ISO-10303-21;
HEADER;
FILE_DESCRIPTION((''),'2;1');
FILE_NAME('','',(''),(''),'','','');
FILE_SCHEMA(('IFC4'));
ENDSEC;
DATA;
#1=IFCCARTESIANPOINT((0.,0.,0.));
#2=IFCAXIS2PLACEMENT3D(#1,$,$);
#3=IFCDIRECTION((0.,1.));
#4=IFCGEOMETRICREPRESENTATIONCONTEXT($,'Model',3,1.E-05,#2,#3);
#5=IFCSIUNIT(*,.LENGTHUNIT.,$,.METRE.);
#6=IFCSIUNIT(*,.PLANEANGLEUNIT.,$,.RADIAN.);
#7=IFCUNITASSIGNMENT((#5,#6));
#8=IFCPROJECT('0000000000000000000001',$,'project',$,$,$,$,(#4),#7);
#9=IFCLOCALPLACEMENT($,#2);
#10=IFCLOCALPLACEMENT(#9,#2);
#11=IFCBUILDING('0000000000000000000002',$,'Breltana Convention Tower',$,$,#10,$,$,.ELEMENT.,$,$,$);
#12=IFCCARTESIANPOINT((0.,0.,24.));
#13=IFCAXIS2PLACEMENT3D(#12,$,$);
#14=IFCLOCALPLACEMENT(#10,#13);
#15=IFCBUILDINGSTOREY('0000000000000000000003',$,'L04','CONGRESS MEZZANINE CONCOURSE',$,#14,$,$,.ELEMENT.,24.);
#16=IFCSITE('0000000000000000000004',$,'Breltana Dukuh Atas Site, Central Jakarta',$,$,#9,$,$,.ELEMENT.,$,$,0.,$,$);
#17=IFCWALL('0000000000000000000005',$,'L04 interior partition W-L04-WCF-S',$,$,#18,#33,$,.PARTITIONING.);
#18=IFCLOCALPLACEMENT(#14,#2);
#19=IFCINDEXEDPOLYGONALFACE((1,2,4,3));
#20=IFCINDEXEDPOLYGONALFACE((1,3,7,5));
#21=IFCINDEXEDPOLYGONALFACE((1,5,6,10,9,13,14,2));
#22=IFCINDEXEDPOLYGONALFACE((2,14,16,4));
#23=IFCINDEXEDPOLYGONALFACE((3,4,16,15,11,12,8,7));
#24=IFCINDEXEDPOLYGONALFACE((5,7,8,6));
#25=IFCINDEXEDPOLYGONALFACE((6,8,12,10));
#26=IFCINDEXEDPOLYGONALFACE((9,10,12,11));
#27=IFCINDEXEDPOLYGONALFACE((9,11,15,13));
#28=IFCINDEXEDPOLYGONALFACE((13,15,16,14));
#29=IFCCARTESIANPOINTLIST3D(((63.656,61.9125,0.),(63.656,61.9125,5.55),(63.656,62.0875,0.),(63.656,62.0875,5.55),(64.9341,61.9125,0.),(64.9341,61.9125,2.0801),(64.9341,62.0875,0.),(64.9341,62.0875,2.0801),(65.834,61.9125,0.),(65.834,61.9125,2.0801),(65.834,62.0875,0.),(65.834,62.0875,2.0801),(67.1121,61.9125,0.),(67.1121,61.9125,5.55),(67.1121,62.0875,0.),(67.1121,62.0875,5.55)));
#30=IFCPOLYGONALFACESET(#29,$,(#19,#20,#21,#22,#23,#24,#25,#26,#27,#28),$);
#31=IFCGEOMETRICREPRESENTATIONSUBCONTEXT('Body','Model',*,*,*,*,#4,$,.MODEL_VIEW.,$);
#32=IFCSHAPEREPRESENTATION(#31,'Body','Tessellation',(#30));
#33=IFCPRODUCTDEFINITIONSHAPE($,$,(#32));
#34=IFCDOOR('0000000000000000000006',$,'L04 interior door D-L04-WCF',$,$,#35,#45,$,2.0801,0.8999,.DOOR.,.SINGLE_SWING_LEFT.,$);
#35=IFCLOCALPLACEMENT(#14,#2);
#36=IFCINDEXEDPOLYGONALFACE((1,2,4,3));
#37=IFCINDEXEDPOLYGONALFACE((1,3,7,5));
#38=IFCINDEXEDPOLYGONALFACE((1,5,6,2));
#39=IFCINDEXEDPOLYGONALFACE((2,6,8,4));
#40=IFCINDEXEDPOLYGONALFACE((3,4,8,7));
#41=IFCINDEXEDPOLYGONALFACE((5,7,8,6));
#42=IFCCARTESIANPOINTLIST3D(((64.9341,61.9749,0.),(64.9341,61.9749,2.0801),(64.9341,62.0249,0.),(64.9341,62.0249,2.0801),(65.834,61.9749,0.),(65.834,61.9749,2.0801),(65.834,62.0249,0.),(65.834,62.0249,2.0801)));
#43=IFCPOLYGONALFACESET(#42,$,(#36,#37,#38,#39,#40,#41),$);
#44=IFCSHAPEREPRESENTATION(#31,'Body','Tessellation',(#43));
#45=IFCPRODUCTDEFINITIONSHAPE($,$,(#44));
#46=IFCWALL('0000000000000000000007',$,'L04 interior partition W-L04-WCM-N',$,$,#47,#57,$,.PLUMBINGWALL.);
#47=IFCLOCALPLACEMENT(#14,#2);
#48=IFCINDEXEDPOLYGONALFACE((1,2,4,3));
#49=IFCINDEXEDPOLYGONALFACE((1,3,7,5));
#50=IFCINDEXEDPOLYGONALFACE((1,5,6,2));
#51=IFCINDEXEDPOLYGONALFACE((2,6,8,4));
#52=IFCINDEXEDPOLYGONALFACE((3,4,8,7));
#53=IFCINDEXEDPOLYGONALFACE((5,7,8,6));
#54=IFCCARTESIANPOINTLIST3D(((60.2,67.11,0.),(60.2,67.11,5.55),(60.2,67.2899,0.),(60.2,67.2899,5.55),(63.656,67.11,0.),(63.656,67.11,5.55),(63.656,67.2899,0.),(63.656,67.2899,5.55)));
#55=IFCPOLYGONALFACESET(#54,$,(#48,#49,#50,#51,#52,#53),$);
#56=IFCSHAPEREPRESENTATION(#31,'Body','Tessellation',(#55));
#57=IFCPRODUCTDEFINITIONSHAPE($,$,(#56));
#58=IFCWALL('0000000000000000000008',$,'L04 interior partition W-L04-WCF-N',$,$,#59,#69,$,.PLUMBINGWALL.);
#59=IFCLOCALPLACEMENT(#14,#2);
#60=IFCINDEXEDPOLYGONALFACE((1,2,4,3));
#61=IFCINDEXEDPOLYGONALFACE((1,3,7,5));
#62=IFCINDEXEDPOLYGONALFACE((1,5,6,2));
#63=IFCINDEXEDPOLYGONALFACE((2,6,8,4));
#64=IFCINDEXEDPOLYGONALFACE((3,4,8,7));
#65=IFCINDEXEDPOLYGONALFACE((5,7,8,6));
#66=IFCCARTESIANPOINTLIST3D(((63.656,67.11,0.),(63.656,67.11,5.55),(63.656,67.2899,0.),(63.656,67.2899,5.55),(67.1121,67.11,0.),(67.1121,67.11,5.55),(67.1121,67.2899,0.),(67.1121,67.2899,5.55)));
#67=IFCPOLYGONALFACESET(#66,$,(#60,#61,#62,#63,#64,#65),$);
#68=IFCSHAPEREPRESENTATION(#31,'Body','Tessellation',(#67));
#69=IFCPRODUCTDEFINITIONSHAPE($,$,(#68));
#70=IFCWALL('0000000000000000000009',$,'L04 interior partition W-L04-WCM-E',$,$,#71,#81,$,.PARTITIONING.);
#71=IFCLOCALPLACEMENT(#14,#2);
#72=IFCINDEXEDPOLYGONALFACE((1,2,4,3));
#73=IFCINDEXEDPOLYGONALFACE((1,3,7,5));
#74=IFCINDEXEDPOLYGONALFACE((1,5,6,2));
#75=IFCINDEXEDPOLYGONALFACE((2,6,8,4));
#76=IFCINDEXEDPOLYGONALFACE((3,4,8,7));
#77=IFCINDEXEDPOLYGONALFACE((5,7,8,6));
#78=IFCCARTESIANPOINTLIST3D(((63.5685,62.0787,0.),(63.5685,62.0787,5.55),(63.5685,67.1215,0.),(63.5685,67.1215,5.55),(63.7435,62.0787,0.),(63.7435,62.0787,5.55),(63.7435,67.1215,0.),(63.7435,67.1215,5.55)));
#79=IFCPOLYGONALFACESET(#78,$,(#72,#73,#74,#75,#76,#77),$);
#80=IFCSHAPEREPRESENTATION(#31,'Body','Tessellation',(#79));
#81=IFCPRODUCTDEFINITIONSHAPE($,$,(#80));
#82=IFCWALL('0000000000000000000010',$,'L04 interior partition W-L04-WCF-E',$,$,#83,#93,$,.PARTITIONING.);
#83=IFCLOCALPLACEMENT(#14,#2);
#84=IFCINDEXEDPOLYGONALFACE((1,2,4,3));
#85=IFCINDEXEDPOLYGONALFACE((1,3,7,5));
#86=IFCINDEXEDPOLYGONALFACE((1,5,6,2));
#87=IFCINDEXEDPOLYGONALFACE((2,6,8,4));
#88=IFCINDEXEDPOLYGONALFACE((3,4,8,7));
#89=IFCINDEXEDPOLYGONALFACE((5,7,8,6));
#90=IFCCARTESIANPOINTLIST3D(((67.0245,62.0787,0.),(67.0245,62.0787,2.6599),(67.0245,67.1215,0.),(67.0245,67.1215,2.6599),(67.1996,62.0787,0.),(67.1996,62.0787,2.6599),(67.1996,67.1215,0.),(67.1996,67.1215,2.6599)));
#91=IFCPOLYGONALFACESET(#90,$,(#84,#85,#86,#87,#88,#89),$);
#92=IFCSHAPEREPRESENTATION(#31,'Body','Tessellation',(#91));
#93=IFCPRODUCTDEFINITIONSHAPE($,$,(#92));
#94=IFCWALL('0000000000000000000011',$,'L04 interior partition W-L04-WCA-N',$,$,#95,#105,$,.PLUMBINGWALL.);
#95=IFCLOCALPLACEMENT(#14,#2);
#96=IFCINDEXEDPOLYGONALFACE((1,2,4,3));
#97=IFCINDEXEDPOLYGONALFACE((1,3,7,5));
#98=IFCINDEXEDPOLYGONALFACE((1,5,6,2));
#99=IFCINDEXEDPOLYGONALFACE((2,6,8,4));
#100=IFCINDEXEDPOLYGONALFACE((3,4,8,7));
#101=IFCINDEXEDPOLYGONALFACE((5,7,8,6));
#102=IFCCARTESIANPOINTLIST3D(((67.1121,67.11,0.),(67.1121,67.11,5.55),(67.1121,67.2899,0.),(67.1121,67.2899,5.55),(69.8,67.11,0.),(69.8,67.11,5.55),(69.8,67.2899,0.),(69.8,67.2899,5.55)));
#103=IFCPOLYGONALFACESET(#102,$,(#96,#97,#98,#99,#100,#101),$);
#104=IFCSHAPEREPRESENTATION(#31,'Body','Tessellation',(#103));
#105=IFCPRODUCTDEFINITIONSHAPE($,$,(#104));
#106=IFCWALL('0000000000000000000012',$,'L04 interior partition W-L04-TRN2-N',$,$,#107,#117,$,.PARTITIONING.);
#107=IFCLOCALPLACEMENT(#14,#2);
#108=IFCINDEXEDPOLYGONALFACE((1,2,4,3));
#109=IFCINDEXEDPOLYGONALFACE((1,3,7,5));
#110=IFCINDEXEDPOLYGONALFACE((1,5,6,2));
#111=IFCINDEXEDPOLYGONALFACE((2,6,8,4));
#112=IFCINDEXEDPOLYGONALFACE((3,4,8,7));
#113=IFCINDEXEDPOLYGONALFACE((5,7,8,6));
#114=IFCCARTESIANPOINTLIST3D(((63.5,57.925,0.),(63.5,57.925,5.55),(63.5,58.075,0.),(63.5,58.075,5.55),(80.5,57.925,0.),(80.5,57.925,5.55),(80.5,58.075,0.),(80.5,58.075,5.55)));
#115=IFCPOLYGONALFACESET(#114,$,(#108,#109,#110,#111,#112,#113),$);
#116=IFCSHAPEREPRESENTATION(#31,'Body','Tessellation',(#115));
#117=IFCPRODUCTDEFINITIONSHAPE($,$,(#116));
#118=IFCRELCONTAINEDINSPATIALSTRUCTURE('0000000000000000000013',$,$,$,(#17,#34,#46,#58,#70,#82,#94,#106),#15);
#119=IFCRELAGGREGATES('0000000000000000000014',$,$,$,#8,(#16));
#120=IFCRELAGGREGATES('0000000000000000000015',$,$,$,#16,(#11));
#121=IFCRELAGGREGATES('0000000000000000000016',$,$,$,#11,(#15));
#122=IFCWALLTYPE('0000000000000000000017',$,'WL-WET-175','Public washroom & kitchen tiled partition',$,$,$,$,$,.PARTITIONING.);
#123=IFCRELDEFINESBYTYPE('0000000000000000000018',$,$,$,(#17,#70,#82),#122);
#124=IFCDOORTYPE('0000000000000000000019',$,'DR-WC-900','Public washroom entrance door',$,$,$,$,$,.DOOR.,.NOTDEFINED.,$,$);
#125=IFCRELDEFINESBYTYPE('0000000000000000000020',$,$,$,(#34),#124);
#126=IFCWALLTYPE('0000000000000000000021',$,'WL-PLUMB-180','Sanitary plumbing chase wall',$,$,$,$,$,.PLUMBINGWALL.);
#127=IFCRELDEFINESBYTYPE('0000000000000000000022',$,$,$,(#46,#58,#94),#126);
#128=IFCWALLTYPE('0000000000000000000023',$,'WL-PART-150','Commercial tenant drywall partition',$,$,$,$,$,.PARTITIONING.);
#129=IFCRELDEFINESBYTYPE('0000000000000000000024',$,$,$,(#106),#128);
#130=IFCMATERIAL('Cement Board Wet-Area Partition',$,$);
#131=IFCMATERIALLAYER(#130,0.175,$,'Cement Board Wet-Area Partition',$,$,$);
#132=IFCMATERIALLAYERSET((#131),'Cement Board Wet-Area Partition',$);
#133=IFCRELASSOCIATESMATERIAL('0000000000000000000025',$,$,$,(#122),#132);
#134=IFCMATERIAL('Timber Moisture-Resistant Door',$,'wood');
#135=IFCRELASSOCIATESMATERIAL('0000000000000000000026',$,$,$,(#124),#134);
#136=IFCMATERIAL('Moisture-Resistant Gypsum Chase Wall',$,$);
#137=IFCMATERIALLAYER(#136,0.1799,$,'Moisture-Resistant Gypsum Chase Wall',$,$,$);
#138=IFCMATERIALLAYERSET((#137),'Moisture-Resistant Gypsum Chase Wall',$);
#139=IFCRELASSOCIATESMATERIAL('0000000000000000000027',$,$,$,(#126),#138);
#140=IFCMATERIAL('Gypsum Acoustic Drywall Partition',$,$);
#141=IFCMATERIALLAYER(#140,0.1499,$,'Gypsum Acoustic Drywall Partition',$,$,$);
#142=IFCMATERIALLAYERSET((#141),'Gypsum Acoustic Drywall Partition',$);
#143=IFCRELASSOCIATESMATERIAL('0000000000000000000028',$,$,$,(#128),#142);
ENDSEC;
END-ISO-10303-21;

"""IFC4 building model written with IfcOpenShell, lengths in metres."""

from ifc_helpers import new_model, si_unit, direction, frame, frame_2d, origin, place, context, subcontext, project, spatial, rectangle, extrude, source, transform, mapped, material, layer, layer_set, type_object, type_shapes, element, fill, save


model = new_model("IFC4")

# Units and contexts
model_context = context("Model", 3, precision=1e-05, world=origin(), true_north=direction((0.0, 1.0)))
body_context = subcontext(model_context, "Body", "Model", "MODEL_VIEW")
ifc_project = project(units=[si_unit("LENGTHUNIT", "METRE"), si_unit("PLANEANGLEUNIT", "RADIAN")], contexts=[model_context])

# Site, building, storey
site_placement = place(None, origin())
site = spatial("IfcSite", under=ifc_project, at=site_placement, Name="Breltana Dukuh Atas Site, Central Jakarta", CompositionType="ELEMENT", RefElevation=0.0)
building_placement = place(site_placement, origin())
building = spatial("IfcBuilding", under=site, at=building_placement, Name="Breltana Convention Tower", CompositionType="ELEMENT")
storey_placement = place(building_placement, frame((0.0, 0.0, 24.0)))
storey = spatial("IfcBuildingStorey", under=building, at=storey_placement, Name="L04", Description="CONGRESS MEZZANINE CONCOURSE", CompositionType="ELEMENT", Elevation=24.0)

# Wall, opening, door
ifc_material_1 = material(Name="Cement Board Wet-Area Partition")
ifc_layer_1 = layer(ifc_material_1, 0.175, Name="Cement Board Wet-Area Partition")
ifc_layer_set_1 = layer_set([ifc_layer_1], Name="Cement Board Wet-Area Partition")
wall_type_1 = type_object("IfcWallType", Name="WL-WET-175", Description="Public washroom & kitchen tiled partition", PredefinedType="PARTITIONING", material=ifc_layer_set_1)
shared_shape_1 = source(origin(), body_context, "Body", "SweptSolid", [
    extrude(rectangle(XDim=3.4561, YDim=0.175, at=frame_2d((1.728, 0.0))), origin(), (0.0, 0.0, 1.0), 5.55),
])
wall_1_placement = place(storey_placement, frame((63.656, 62.0, 0.0), z_axis=(0.0, 0.0, 1.0), x_axis=(1.0, 0.0, 0.0)))
wall_1 = element("IfcWall", 1, at=wall_1_placement, inside=storey, type_object=wall_type_1, Name="L04 interior partition W-L04-WCF-S", PredefinedType="PARTITIONING", context=body_context, shape_type="MappedRepresentation", body=[
    mapped(shared_shape_1, transform((0.0, 0.0, 0.0), scale=1.0)),
])
opening_1_placement = place(wall_1_placement, frame((1.2781, 0.0, 0.0)))
opening_1 = element("IfcOpeningElement", 2, at=opening_1_placement, cuts=wall_1, PredefinedType="OPENING", context=body_context, shape_type="SweptSolid", body=[
    extrude(rectangle(XDim=0.8999, YDim=2.0801, at=frame_2d((0.45, 1.04))), frame((0.0, 0.0977, 0.0), z_axis=(0.0, -1.0, 0.0), x_axis=(1.0, 0.0, 0.0)), (0.0, 0.0, 1.0), 0.1951),
])
ifc_material_2 = material(Name="Timber Moisture-Resistant Door", Category="wood")
door_type_1 = type_object("IfcDoorType", Name="DR-WC-900", Description="Public washroom entrance door", OperationType="NOTDEFINED", PredefinedType="DOOR", material=ifc_material_2)
shared_shape_2 = source(origin(), body_context, "Body", "SweptSolid", [
    extrude(rectangle(XDim=0.8999, YDim=2.0801, at=frame_2d((0.45, 1.04))), frame((0.0, 0.0249, 0.0), z_axis=(0.0, -1.0, 0.0), x_axis=(1.0, 0.0, 0.0)), (0.0, 0.0, 1.0), 0.05),
])
type_shapes(door_type_1, [shared_shape_2])
door_1_placement = place(opening_1_placement, origin())
door_1 = element("IfcDoor", 3, at=door_1_placement, inside=storey, type_object=door_type_1, Name="L04 interior door D-L04-WCF", OperationType="SINGLE_SWING_LEFT", OverallHeight=2.0801, OverallWidth=0.8999, PredefinedType="DOOR", context=body_context, shape_type="MappedRepresentation", body=[
    mapped(shared_shape_2, transform((0.0, 0.0, 0.0), scale=1.0)),
])
fill(opening_1, door_1)

# Walls
ifc_material_3 = material(Name="Moisture-Resistant Gypsum Chase Wall")
ifc_layer_2 = layer(ifc_material_3, 0.1799, Name="Moisture-Resistant Gypsum Chase Wall")
ifc_layer_set_2 = layer_set([ifc_layer_2], Name="Moisture-Resistant Gypsum Chase Wall")
wall_type_2 = type_object("IfcWallType", Name="WL-PLUMB-180", Description="Sanitary plumbing chase wall", PredefinedType="PLUMBINGWALL", material=ifc_layer_set_2)
shared_shape_3 = source(origin(), body_context, "Body", "SweptSolid", [
    extrude(rectangle(XDim=3.4561, YDim=0.1799, at=frame_2d((1.728, 0.0))), origin(), (0.0, 0.0, 1.0), 5.55),
])
for number, where, z_axis, x_axis, name in (
    (4, (60.2, 67.2, 0.0), (0.0, 0.0, 1.0), (1.0, 0.0, 0.0), "L04 interior partition W-L04-WCM-N"),
    (5, (63.656, 67.2, 0.0), (0.0, 0.0, 1.0), (1.0, 0.0, 0.0), "L04 interior partition W-L04-WCF-N"),
):
    element("IfcWall", number, at=place(storey_placement, frame(where, z_axis=z_axis, x_axis=x_axis)), inside=storey, type_object=wall_type_2, Name=name, PredefinedType="PLUMBINGWALL", context=body_context, shape_type="MappedRepresentation", body=[
        mapped(shared_shape_3, transform((0.0, 0.0, 0.0), scale=1.0)),
    ])
shared_shape_4 = source(origin(), body_context, "Body", "SweptSolid", [
    extrude(rectangle(XDim=5.0427, YDim=0.175, at=frame_2d((2.5215, 0.0))), origin(), (0.0, 0.0, 1.0), 5.55),
])
wall_2_placement = place(storey_placement, frame((63.656, 62.0786, 0.0), z_axis=(0.0, 0.0, 1.0), x_axis=(0.0, 1.0, 0.0)))
element("IfcWall", 6, at=wall_2_placement, inside=storey, type_object=wall_type_1, Name="L04 interior partition W-L04-WCM-E", PredefinedType="PARTITIONING", context=body_context, shape_type="MappedRepresentation", body=[
    mapped(shared_shape_4, transform((0.0, 0.0, 0.0), scale=1.0)),
])
shared_shape_5 = source(origin(), body_context, "Body", "SweptSolid", [
    extrude(rectangle(XDim=5.0427, YDim=0.175, at=frame_2d((2.5215, 0.0))), origin(), (0.0, 0.0, 1.0), 2.6599),
])
wall_3_placement = place(storey_placement, frame((67.1121, 62.0786, 0.0), z_axis=(0.0, 0.0, 1.0), x_axis=(0.0, 1.0, 0.0)))
element("IfcWall", 7, at=wall_3_placement, inside=storey, type_object=wall_type_1, Name="L04 interior partition W-L04-WCF-E", PredefinedType="PARTITIONING", context=body_context, shape_type="MappedRepresentation", body=[
    mapped(shared_shape_5, transform((0.0, 0.0, 0.0), scale=1.0)),
])

# Walls
shared_shape_6 = source(origin(), body_context, "Body", "SweptSolid", [
    extrude(rectangle(XDim=2.688, YDim=0.1799, at=frame_2d((1.344, 0.0))), origin(), (0.0, 0.0, 1.0), 5.55),
])
wall_4_placement = place(storey_placement, frame((67.1121, 67.2, 0.0), z_axis=(0.0, 0.0, 1.0), x_axis=(1.0, 0.0, 0.0)))
element("IfcWall", 8, at=wall_4_placement, inside=storey, type_object=wall_type_2, Name="L04 interior partition W-L04-WCA-N", PredefinedType="PLUMBINGWALL", context=body_context, shape_type="MappedRepresentation", body=[
    mapped(shared_shape_6, transform((0.0, 0.0, 0.0), scale=1.0)),
])
ifc_material_4 = material(Name="Gypsum Acoustic Drywall Partition")
ifc_layer_3 = layer(ifc_material_4, 0.1499, Name="Gypsum Acoustic Drywall Partition")
ifc_layer_set_3 = layer_set([ifc_layer_3], Name="Gypsum Acoustic Drywall Partition")
wall_type_3 = type_object("IfcWallType", Name="WL-PART-150", Description="Commercial tenant drywall partition", PredefinedType="PARTITIONING", material=ifc_layer_set_3)
shared_shape_7 = source(origin(), body_context, "Body", "SweptSolid", [
    extrude(rectangle(XDim=17.0, YDim=0.1499, at=frame_2d((8.5, 0.0))), origin(), (0.0, 0.0, 1.0), 5.55),
])
wall_5_placement = place(storey_placement, frame((63.5, 58.0, 0.0), z_axis=(0.0, 0.0, 1.0), x_axis=(1.0, 0.0, 0.0)))
element("IfcWall", 9, at=wall_5_placement, inside=storey, type_object=wall_type_3, Name="L04 interior partition W-L04-TRN2-N", PredefinedType="PARTITIONING", context=body_context, shape_type="MappedRepresentation", body=[
    mapped(shared_shape_7, transform((0.0, 0.0, 0.0), scale=1.0)),
])

save(model, "model.ifc")
